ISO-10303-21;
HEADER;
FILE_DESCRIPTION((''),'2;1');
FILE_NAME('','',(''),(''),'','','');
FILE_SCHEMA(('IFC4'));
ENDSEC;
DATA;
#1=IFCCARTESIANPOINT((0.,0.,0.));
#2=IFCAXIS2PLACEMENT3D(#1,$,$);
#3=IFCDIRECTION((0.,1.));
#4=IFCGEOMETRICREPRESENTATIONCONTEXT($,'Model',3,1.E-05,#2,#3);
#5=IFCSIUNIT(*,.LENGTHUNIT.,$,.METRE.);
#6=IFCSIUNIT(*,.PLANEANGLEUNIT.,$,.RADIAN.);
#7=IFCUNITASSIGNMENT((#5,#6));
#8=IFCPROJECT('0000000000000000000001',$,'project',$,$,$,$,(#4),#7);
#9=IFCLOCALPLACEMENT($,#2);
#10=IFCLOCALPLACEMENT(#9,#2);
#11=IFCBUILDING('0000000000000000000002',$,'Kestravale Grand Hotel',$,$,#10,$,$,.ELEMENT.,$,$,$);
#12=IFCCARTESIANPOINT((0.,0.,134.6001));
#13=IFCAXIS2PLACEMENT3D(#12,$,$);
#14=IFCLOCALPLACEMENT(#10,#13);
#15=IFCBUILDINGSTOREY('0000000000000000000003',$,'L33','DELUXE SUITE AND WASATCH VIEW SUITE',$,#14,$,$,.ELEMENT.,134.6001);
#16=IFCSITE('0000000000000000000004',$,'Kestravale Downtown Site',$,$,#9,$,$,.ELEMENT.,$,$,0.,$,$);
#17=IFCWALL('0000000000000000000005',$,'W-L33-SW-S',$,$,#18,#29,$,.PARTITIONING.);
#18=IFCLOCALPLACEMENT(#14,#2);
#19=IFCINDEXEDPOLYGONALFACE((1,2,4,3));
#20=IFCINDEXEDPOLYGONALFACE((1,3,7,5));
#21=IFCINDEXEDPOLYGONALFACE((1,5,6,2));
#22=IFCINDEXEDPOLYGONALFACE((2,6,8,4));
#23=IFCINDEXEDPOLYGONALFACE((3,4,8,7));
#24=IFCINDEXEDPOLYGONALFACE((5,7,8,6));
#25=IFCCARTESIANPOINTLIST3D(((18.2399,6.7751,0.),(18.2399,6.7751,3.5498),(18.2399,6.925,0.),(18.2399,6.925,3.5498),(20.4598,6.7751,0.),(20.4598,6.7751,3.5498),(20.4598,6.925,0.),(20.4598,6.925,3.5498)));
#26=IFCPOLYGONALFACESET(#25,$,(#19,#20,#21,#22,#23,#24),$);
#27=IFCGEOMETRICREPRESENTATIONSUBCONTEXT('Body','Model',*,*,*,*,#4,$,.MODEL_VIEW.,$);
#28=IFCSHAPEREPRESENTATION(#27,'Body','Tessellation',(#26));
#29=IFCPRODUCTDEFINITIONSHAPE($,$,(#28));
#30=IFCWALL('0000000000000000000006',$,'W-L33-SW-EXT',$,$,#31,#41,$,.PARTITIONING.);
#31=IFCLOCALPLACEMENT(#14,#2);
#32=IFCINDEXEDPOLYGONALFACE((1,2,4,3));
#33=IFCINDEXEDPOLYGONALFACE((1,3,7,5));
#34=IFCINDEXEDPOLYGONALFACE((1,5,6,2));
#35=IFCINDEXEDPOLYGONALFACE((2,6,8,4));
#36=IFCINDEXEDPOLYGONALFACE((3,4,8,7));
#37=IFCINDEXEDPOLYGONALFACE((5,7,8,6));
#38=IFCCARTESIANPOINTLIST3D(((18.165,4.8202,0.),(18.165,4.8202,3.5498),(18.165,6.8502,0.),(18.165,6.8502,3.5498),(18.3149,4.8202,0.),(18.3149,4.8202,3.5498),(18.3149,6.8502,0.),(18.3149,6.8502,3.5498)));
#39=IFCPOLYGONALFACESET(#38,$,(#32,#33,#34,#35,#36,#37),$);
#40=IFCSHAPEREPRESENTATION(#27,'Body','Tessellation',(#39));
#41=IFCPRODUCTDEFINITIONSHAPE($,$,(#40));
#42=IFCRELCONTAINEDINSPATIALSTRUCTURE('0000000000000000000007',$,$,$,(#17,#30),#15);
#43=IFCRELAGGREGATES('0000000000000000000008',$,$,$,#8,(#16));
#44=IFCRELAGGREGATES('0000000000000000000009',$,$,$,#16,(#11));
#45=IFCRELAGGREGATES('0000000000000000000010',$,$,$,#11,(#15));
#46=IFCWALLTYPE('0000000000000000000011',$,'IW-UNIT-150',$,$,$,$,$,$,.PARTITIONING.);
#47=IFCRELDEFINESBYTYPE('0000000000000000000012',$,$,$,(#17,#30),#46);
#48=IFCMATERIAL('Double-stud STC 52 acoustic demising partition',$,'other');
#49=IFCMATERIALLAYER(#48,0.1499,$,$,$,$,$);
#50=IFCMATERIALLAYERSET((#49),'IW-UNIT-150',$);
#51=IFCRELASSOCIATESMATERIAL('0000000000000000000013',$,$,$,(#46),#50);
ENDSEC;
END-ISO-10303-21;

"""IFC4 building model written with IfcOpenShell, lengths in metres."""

from ifc_helpers import new_model, si_unit, direction, frame, frame_2d, origin, place, context, subcontext, project, spatial, rectangle, extrude, material, layer, layer_set, type_object, element, save


model = new_model("IFC4")

# Units and contexts
model_context = context("Model", 3, precision=1e-05, world=origin(), true_north=direction((0.0, 1.0)))
body_context = subcontext(model_context, "Body", "Model", "MODEL_VIEW")
ifc_project = project(units=[si_unit("LENGTHUNIT", "METRE"), si_unit("PLANEANGLEUNIT", "RADIAN")], contexts=[model_context])

# Site, building, storey
site_placement = place(None, origin())
site = spatial("IfcSite", under=ifc_project, at=site_placement, Name="Kestravale Downtown Site", CompositionType="ELEMENT", RefElevation=0.0)
building_placement = place(site_placement, origin())
building = spatial("IfcBuilding", under=site, at=building_placement, Name="Kestravale Grand Hotel", CompositionType="ELEMENT")
storey_placement = place(building_placement, frame((0.0, 0.0, 134.6001)))
storey = spatial("IfcBuildingStorey", under=building, at=storey_placement, Name="L33", Description="DELUXE SUITE AND WASATCH VIEW SUITE", CompositionType="ELEMENT", Elevation=134.6001)

# Walls
ifc_material_1 = material(Name="Double-stud STC 52 acoustic demising partition", Category="other")
ifc_layer_1 = layer(ifc_material_1, 0.1499)
ifc_layer_set_1 = layer_set([ifc_layer_1], Name="IW-UNIT-150")
wall_type_1 = type_object("IfcWallType", Name="IW-UNIT-150", PredefinedType="PARTITIONING", material=ifc_layer_set_1)
wall_1_placement = place(storey_placement, frame((18.24, 6.8501, 0.0), z_axis=(0.0, 0.0, 1.0), x_axis=(1.0, 0.0, 0.0)))
element("IfcWall", 1, at=wall_1_placement, inside=storey, type_object=wall_type_1, Name="W-L33-SW-S", PredefinedType="PARTITIONING", context=body_context, shape_type="SweptSolid", body=[
    extrude(rectangle(XDim=2.22, YDim=0.1499, at=frame_2d((1.1099, 0.0))), origin(), (0.0, 0.0, 1.0), 3.5498),
])
wall_2_placement = place(storey_placement, frame((18.24, 4.8201, 0.0), z_axis=(0.0, 0.0, 1.0), x_axis=(0.0, 1.0, 0.0)))
element("IfcWall", 2, at=wall_2_placement, inside=storey, type_object=wall_type_1, Name="W-L33-SW-EXT", PredefinedType="PARTITIONING", context=body_context, shape_type="SweptSolid", body=[
    extrude(rectangle(XDim=2.03, YDim=0.1499, at=frame_2d((1.0151, 0.0))), origin(), (0.0, 0.0, 1.0), 3.5498),
])

save(model, "model.ifc")
